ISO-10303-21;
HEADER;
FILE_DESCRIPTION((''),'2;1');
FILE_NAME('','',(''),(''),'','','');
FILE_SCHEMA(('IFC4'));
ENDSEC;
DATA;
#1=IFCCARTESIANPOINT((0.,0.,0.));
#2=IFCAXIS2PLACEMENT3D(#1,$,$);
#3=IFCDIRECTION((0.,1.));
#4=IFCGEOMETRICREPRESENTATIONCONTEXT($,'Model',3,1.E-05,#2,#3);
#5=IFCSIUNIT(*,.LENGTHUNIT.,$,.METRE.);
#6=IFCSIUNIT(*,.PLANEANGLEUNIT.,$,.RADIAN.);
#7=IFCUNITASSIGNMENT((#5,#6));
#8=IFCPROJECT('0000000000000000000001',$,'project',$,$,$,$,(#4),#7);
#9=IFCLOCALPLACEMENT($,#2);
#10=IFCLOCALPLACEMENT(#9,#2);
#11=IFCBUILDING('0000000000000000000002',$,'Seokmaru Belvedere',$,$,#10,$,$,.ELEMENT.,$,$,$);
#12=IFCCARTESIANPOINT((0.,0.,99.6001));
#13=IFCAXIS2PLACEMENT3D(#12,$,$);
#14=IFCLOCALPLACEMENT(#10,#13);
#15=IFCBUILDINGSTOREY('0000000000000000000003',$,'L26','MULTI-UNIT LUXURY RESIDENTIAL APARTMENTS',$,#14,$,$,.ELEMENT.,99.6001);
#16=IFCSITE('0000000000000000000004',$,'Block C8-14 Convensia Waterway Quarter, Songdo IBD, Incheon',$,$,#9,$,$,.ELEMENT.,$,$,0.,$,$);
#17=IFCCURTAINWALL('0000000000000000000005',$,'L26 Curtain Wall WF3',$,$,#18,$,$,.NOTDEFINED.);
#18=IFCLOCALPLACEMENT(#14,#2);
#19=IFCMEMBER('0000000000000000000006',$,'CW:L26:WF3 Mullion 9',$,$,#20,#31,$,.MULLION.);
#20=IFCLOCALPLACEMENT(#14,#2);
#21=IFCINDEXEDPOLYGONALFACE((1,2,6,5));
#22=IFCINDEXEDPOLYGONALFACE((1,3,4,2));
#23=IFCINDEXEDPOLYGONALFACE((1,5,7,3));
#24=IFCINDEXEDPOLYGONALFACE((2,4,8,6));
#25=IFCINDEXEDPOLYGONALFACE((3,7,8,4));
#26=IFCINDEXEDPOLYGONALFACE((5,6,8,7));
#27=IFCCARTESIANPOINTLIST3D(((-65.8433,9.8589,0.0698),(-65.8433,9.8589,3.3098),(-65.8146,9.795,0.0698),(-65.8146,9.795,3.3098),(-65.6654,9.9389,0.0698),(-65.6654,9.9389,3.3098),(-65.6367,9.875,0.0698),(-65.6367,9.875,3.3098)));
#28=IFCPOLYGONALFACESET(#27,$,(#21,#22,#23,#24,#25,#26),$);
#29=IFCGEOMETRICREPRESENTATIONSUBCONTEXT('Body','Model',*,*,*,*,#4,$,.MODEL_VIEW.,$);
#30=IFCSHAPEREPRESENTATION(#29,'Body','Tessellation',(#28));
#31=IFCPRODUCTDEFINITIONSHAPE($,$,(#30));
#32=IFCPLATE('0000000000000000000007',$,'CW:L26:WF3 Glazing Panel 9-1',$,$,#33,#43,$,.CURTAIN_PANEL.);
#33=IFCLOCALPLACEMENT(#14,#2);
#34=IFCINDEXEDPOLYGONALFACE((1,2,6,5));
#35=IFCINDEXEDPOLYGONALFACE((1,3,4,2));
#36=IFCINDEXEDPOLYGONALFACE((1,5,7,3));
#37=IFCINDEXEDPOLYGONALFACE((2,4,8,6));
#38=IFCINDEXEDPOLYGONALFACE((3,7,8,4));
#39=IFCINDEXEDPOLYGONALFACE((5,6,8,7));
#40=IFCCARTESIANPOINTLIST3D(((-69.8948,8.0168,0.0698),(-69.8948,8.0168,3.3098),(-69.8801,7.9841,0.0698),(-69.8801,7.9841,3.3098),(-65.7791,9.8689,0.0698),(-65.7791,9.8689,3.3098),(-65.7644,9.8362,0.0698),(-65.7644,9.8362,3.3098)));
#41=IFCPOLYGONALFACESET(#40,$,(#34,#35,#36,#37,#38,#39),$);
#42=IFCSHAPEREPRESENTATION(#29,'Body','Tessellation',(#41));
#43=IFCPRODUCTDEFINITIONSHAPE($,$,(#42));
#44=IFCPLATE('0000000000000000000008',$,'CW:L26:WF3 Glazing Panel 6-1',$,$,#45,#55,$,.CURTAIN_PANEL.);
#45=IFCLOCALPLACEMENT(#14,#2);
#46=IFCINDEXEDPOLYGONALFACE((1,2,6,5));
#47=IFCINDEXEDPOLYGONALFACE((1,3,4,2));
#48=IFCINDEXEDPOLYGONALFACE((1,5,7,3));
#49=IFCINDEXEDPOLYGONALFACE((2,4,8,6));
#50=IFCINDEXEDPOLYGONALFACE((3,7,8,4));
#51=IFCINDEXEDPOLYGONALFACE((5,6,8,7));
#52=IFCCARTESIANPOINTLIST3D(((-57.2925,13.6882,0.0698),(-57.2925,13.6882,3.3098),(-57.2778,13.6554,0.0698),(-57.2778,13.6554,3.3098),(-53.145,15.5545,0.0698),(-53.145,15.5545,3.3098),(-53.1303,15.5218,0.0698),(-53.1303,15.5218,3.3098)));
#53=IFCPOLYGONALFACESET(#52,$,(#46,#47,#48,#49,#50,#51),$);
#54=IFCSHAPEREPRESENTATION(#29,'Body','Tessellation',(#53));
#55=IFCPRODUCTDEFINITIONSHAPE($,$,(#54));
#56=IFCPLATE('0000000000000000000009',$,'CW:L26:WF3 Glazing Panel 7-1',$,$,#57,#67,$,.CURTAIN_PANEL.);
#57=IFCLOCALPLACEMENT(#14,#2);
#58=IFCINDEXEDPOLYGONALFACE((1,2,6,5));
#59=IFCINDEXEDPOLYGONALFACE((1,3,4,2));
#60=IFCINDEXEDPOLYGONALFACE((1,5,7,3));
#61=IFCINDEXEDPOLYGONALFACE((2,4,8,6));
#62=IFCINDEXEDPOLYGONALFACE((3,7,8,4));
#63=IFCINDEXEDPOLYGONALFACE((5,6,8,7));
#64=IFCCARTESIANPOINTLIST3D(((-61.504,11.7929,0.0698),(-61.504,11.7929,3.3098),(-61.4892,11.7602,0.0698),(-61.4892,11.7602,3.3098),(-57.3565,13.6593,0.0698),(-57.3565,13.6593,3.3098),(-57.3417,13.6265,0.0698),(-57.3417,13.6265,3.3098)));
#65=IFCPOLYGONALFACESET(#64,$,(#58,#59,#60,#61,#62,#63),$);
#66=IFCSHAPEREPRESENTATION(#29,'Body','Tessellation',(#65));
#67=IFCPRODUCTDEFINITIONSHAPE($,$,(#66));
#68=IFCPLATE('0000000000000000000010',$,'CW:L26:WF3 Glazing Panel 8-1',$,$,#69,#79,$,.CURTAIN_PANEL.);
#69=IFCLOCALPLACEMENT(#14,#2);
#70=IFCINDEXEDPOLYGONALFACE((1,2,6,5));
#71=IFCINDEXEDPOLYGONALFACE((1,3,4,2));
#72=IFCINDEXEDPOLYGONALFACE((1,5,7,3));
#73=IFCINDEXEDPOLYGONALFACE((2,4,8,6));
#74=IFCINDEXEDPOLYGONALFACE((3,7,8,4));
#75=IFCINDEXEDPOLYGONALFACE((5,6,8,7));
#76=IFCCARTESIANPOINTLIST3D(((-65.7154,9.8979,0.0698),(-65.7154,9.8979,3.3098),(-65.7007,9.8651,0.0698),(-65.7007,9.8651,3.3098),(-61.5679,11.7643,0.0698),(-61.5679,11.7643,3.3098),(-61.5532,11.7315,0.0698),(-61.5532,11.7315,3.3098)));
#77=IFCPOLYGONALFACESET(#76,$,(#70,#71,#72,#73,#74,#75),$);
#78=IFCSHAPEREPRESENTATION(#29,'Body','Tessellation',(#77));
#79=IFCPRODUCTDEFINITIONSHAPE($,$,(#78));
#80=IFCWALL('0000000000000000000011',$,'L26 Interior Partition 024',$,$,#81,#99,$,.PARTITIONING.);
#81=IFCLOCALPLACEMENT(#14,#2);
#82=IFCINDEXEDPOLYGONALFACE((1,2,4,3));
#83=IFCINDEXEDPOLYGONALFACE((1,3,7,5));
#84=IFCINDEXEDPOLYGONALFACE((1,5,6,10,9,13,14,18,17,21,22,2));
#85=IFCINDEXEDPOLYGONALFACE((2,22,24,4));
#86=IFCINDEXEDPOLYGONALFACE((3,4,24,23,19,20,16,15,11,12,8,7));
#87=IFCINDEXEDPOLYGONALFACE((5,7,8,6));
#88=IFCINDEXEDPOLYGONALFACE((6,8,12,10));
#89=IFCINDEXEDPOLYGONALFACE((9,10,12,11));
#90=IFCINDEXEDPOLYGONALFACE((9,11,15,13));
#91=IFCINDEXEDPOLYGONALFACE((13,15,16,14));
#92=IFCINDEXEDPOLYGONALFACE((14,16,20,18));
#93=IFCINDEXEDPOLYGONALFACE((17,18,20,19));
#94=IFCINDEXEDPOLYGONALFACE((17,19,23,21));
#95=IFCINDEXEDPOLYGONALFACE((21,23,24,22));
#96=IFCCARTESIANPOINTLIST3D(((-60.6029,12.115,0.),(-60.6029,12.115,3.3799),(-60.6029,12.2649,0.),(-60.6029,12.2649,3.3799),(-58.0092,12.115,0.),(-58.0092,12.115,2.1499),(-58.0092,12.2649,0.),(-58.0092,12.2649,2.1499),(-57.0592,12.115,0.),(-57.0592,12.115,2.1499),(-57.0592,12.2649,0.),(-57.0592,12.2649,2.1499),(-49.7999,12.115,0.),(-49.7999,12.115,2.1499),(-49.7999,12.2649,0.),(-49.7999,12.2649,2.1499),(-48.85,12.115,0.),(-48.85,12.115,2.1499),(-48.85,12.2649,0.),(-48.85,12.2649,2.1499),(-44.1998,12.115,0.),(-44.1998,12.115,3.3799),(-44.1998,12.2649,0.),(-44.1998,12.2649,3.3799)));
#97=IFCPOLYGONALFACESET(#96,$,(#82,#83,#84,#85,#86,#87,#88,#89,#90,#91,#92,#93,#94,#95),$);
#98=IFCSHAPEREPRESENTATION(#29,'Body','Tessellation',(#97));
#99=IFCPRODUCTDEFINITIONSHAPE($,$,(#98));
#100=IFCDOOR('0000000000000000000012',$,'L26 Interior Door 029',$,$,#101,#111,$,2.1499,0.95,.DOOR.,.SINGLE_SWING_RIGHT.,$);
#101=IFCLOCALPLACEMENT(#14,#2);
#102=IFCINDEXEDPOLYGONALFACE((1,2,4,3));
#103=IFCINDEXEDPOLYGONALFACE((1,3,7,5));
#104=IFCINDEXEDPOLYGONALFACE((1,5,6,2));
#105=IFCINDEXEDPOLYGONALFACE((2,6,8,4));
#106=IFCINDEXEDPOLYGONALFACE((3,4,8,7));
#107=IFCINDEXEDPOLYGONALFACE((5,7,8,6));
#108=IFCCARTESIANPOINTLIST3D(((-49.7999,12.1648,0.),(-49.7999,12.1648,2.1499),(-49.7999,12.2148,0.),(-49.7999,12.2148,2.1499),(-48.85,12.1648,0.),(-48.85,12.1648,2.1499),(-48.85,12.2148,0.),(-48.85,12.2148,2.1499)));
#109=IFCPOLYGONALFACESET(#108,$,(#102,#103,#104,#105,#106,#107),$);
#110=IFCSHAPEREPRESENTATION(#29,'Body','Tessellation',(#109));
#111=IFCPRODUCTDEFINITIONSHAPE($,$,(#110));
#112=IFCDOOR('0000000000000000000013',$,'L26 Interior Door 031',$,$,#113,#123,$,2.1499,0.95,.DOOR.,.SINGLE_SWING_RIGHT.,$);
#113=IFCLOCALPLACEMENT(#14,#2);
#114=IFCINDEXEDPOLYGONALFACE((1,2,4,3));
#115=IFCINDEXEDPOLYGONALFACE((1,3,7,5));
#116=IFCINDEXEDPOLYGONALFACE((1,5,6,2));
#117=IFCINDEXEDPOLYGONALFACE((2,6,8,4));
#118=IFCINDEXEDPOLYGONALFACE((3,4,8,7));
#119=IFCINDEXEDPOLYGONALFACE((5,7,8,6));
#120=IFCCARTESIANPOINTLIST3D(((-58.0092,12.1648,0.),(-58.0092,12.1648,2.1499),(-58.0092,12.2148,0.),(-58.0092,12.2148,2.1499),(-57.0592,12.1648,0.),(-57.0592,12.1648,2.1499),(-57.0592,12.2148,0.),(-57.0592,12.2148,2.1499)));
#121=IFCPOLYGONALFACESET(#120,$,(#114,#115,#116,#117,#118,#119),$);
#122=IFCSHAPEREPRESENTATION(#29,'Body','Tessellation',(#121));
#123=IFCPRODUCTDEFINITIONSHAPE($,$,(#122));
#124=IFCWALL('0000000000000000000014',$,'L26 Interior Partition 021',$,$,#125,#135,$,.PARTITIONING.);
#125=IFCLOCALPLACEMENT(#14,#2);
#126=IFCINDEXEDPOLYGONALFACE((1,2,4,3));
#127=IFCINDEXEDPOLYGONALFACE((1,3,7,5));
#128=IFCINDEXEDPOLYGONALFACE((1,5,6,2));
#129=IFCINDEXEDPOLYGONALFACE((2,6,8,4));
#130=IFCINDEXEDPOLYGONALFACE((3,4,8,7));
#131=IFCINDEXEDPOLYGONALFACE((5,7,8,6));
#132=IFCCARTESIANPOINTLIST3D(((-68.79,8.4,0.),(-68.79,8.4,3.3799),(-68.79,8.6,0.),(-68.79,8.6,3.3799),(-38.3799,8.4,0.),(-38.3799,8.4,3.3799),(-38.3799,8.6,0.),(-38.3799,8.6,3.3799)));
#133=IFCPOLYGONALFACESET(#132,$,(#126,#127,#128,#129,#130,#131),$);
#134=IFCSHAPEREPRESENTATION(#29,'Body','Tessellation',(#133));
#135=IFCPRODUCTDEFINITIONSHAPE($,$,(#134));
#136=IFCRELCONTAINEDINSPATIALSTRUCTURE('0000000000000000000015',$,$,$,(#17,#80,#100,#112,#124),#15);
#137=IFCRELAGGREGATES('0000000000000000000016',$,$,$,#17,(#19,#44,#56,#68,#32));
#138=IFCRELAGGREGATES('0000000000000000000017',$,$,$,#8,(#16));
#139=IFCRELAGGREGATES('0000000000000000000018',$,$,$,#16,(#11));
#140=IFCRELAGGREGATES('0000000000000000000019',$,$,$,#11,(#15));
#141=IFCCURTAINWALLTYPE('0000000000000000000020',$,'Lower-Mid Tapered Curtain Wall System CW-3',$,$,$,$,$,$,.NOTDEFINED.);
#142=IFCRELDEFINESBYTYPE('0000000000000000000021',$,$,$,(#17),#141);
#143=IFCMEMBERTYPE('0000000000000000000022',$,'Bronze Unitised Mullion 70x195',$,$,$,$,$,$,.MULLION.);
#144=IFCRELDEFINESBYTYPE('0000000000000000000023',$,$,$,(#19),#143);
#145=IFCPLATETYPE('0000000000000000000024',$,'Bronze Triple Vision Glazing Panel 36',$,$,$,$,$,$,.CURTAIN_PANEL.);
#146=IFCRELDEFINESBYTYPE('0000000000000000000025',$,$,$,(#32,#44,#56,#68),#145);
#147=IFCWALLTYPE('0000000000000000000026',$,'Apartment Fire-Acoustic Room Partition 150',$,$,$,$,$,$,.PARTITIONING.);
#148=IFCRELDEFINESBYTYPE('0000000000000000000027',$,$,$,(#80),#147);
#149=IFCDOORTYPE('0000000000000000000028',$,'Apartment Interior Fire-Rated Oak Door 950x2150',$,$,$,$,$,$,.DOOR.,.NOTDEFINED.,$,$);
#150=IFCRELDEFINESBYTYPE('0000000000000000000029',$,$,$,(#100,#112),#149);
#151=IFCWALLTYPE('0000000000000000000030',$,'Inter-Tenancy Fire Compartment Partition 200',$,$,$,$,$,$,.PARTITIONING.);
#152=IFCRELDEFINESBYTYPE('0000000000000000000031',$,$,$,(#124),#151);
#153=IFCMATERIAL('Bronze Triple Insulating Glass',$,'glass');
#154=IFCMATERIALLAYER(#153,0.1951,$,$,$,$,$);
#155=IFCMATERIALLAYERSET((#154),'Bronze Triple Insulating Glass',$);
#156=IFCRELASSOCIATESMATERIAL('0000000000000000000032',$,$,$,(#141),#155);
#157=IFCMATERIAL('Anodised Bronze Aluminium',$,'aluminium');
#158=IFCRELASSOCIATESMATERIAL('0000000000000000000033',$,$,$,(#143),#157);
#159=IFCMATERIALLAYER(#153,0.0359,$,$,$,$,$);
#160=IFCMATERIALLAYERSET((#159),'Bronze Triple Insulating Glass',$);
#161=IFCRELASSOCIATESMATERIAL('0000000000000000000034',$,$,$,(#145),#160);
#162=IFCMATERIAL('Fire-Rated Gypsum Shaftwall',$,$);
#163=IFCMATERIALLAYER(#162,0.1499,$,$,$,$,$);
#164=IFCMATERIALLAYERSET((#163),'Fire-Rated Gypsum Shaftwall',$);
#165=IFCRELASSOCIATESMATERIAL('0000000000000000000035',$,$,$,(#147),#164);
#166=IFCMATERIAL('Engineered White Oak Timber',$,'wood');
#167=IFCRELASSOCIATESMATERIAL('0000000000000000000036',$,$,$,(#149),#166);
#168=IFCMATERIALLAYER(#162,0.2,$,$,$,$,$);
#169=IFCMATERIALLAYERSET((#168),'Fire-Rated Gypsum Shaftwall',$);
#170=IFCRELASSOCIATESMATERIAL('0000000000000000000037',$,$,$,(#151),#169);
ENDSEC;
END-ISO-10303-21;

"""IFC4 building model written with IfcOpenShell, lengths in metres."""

from ifc_helpers import new_model, si_unit, direction, frame, frame_2d, origin, origin_2d, place, context, subcontext, project, spatial, rectangle, extrude, source, transform, mapped, material, layer, layer_set, material_profile, profile_set, type_object, type_shapes, element, fill, aggregate, save


model = new_model("IFC4")

# Units and contexts
model_context = context("Model", 3, precision=1e-05, world=origin(), true_north=direction((0.0, 1.0)))
body_context = subcontext(model_context, "Body", "Model", "MODEL_VIEW")
ifc_project = project(units=[si_unit("LENGTHUNIT", "METRE"), si_unit("PLANEANGLEUNIT", "RADIAN")], contexts=[model_context])

# Site, building, storey
site_placement = place(None, origin())
site = spatial("IfcSite", under=ifc_project, at=site_placement, Name="Block C8-14 Convensia Waterway Quarter, Songdo IBD, Incheon", CompositionType="ELEMENT", RefElevation=0.0)
building_placement = place(site_placement, origin())
building = spatial("IfcBuilding", under=site, at=building_placement, Name="Seokmaru Belvedere", CompositionType="ELEMENT")
storey_placement = place(building_placement, frame((0.0, 0.0, 99.6001)))
storey = spatial("IfcBuildingStorey", under=building, at=storey_placement, Name="L26", Description="MULTI-UNIT LUXURY RESIDENTIAL APARTMENTS", CompositionType="ELEMENT", Elevation=99.6001)

# Curtain wall, member, plates
ifc_material_1 = material(Name="Bronze Triple Insulating Glass", Category="glass")
ifc_layer_1 = layer(ifc_material_1, 0.1951)
ifc_layer_set_1 = layer_set([ifc_layer_1], Name="Bronze Triple Insulating Glass")
curtain_wall_type = type_object("IfcCurtainWallType", Name="Lower-Mid Tapered Curtain Wall System CW-3", PredefinedType="NOTDEFINED", material=ifc_layer_set_1)
curtain_wall_placement = place(storey_placement, origin())
curtain_wall = element("IfcCurtainWall", 1, at=curtain_wall_placement, inside=storey, type_object=curtain_wall_type, Name="L26 Curtain Wall WF3", PredefinedType="NOTDEFINED")
ifc_material_2 = material(Name="Anodised Bronze Aluminium", Category="aluminium")
ifc_material_profile_1 = material_profile(ifc_material_2, rectangle(XDim=0.0701, YDim=0.1951, at=origin_2d()), Name="CW-M-70x195")
ifc_profile_set_1 = profile_set([ifc_material_profile_1], Name="Anodised Bronze Aluminium")
member_type = type_object("IfcMemberType", Name="Bronze Unitised Mullion 70x195", PredefinedType="MULLION", material=ifc_profile_set_1)
shared_shape_1 = source(origin(), body_context, "Body", "SweptSolid", [
    extrude(rectangle(XDim=0.0701, YDim=0.1951, at=origin_2d()), origin(), (0.0, 0.0, 1.0), 3.24),
])
type_shapes(member_type, [shared_shape_1])
member_1_placement = place(storey_placement, frame((-65.74, 9.8669, 0.0698), z_axis=(0.0, 0.0, 1.0), x_axis=(0.410366, -0.911921, 0.0)))
member_1 = element("IfcMember", 2, at=member_1_placement, type_object=member_type, Name="CW:L26:WF3 Mullion 9", PredefinedType="MULLION", context=body_context, shape_type="MappedRepresentation", body=[
    mapped(shared_shape_1, transform((0.0, 0.0, 0.0), scale=1.0)),
])
ifc_layer_2 = layer(ifc_material_1, 0.0359)
ifc_layer_set_2 = layer_set([ifc_layer_2], Name="Bronze Triple Insulating Glass")
plate_type = type_object("IfcPlateType", Name="Bronze Triple Vision Glazing Panel 36", PredefinedType="CURTAIN_PANEL", material=ifc_layer_set_2)
shared_shape_2 = source(origin(), body_context, "Body", "SweptSolid", [
    extrude(rectangle(XDim=4.5132, YDim=0.0359, at=origin_2d()), origin(), (0.0, 0.0, 1.0), 3.24),
])
plate_1_placement = place(storey_placement, frame((-67.8296, 8.9265, 0.0698), z_axis=(0.0, 0.0, 1.0), x_axis=(-0.911921, -0.410366, 0.0)))
plate_1 = element("IfcPlate", 3, at=plate_1_placement, type_object=plate_type, Name="CW:L26:WF3 Glazing Panel 9-1", PredefinedType="CURTAIN_PANEL", context=body_context, shape_type="MappedRepresentation", body=[
    mapped(shared_shape_2, transform((0.0, 0.0, 0.0), scale=1.0)),
])
shared_shape_3 = source(origin(), body_context, "Body", "SweptSolid", [
    extrude(rectangle(XDim=4.5481, YDim=0.0359, at=origin_2d()), origin(), (0.0, 0.0, 1.0), 3.24),
])
type_shapes(plate_type, [shared_shape_2, shared_shape_3])
plate_2_placement = place(storey_placement, frame((-55.2114, 14.605, 0.0698), z_axis=(0.0, 0.0, 1.0), x_axis=(-0.911921, -0.410366, 0.0)))
plate_2 = element("IfcPlate", 4, at=plate_2_placement, type_object=plate_type, Name="CW:L26:WF3 Glazing Panel 6-1", PredefinedType="CURTAIN_PANEL", context=body_context, shape_type="MappedRepresentation", body=[
    mapped(shared_shape_3, transform((0.0, 0.0, 0.0), scale=1.0)),
])
plate_3_placement = place(storey_placement, frame((-59.4229, 12.7097, 0.0698), z_axis=(0.0, 0.0, 1.0), x_axis=(-0.911921, -0.410366, 0.0)))
plate_3 = element("IfcPlate", 5, at=plate_3_placement, type_object=plate_type, Name="CW:L26:WF3 Glazing Panel 7-1", PredefinedType="CURTAIN_PANEL", context=body_context, shape_type="MappedRepresentation", body=[
    mapped(shared_shape_3, transform((0.0, 0.0, 0.0), scale=1.0)),
])
plate_4_placement = place(storey_placement, frame((-63.6343, 10.8147, 0.0698), z_axis=(0.0, 0.0, 1.0), x_axis=(-0.911921, -0.410366, 0.0)))
plate_4 = element("IfcPlate", 6, at=plate_4_placement, type_object=plate_type, Name="CW:L26:WF3 Glazing Panel 8-1", PredefinedType="CURTAIN_PANEL", context=body_context, shape_type="MappedRepresentation", body=[
    mapped(shared_shape_3, transform((0.0, 0.0, 0.0), scale=1.0)),
])
aggregate(curtain_wall, [member_1, plate_2, plate_3, plate_4, plate_1])

# Wall, openings, doors
ifc_material_3 = material(Name="Fire-Rated Gypsum Shaftwall")
ifc_layer_3 = layer(ifc_material_3, 0.1499)
ifc_layer_set_3 = layer_set([ifc_layer_3], Name="Fire-Rated Gypsum Shaftwall")
wall_type_1 = type_object("IfcWallType", Name="Apartment Fire-Acoustic Room Partition 150", PredefinedType="PARTITIONING", material=ifc_layer_set_3)
wall_1_placement = place(storey_placement, frame((-60.603, 12.1899, 0.0), z_axis=(0.0, 0.0, 1.0), x_axis=(1.0, 0.0, 0.0)))
wall_1 = element("IfcWall", 7, at=wall_1_placement, inside=storey, type_object=wall_type_1, Name="L26 Interior Partition 024", PredefinedType="PARTITIONING", context=body_context, shape_type="SweptSolid", body=[
    extrude(rectangle(XDim=16.4031, YDim=0.1499, at=frame_2d((8.2017, 0.0))), origin(), (0.0, 0.0, 1.0), 3.3799),
])
opening_1_placement = place(wall_1_placement, frame((10.803, 0.0, 0.0)))
opening_1 = element("IfcOpeningElement", 8, at=opening_1_placement, cuts=wall_1, PredefinedType="OPENING", context=body_context, shape_type="SweptSolid", body=[
    extrude(rectangle(XDim=0.95, YDim=2.1499, at=frame_2d((0.4751, 1.075))), frame((0.0, 0.085, 0.0), z_axis=(0.0, -1.0, 0.0), x_axis=(1.0, 0.0, 0.0)), (0.0, 0.0, 1.0), 0.1699),
])
opening_2_placement = place(wall_1_placement, frame((2.5938, 0.0, 0.0)))
opening_2 = element("IfcOpeningElement", 9, at=opening_2_placement, cuts=wall_1, PredefinedType="OPENING", context=body_context, shape_type="SweptSolid", body=[
    extrude(rectangle(XDim=0.95, YDim=2.1499, at=frame_2d((0.4751, 1.075))), frame((0.0, 0.085, 0.0), z_axis=(0.0, -1.0, 0.0), x_axis=(1.0, 0.0, 0.0)), (0.0, 0.0, 1.0), 0.1699),
])
ifc_material_4 = material(Name="Engineered White Oak Timber", Category="wood")
door_type = type_object("IfcDoorType", Name="Apartment Interior Fire-Rated Oak Door 950x2150", OperationType="NOTDEFINED", PredefinedType="DOOR", material=ifc_material_4)
shared_shape_4 = source(origin(), body_context, "Body", "SweptSolid", [
    extrude(rectangle(XDim=0.95, YDim=2.1499, at=frame_2d((0.4751, 1.075))), frame((0.0, 0.0249, 0.0), z_axis=(0.0, -1.0, 0.0), x_axis=(1.0, 0.0, 0.0)), (0.0, 0.0, 1.0), 0.05),
])
type_shapes(door_type, [shared_shape_4])
door_1_placement = place(opening_1_placement, origin())
door_1 = element("IfcDoor", 10, at=door_1_placement, inside=storey, type_object=door_type, Name="L26 Interior Door 029", OperationType="SINGLE_SWING_RIGHT", OverallHeight=2.1499, OverallWidth=0.95, PredefinedType="DOOR", context=body_context, shape_type="MappedRepresentation", body=[
    mapped(shared_shape_4, transform((0.0, 0.0, 0.0), scale=1.0)),
])
fill(opening_1, door_1)
door_2_placement = place(opening_2_placement, origin())
door_2 = element("IfcDoor", 11, at=door_2_placement, inside=storey, type_object=door_type, Name="L26 Interior Door 031", OperationType="SINGLE_SWING_RIGHT", OverallHeight=2.1499, OverallWidth=0.95, PredefinedType="DOOR", context=body_context, shape_type="MappedRepresentation", body=[
    mapped(shared_shape_4, transform((0.0, 0.0, 0.0), scale=1.0)),
])
fill(opening_2, door_2)

# Wall
ifc_layer_4 = layer(ifc_material_3, 0.2)
ifc_layer_set_4 = layer_set([ifc_layer_4], Name="Fire-Rated Gypsum Shaftwall")
wall_type_2 = type_object("IfcWallType", Name="Inter-Tenancy Fire Compartment Partition 200", PredefinedType="PARTITIONING", material=ifc_layer_set_4)
wall_2_placement = place(storey_placement, frame((-68.79, 8.5, 0.0), z_axis=(0.0, 0.0, 1.0), x_axis=(1.0, 0.0, 0.0)))
element("IfcWall", 12, at=wall_2_placement, inside=storey, type_object=wall_type_2, Name="L26 Interior Partition 021", PredefinedType="PARTITIONING", context=body_context, shape_type="SweptSolid", body=[
    extrude(rectangle(XDim=30.4102, YDim=0.2, at=frame_2d((15.2051, 0.0))), origin(), (0.0, 0.0, 1.0), 3.3799),
])

save(model, "model.ifc")
